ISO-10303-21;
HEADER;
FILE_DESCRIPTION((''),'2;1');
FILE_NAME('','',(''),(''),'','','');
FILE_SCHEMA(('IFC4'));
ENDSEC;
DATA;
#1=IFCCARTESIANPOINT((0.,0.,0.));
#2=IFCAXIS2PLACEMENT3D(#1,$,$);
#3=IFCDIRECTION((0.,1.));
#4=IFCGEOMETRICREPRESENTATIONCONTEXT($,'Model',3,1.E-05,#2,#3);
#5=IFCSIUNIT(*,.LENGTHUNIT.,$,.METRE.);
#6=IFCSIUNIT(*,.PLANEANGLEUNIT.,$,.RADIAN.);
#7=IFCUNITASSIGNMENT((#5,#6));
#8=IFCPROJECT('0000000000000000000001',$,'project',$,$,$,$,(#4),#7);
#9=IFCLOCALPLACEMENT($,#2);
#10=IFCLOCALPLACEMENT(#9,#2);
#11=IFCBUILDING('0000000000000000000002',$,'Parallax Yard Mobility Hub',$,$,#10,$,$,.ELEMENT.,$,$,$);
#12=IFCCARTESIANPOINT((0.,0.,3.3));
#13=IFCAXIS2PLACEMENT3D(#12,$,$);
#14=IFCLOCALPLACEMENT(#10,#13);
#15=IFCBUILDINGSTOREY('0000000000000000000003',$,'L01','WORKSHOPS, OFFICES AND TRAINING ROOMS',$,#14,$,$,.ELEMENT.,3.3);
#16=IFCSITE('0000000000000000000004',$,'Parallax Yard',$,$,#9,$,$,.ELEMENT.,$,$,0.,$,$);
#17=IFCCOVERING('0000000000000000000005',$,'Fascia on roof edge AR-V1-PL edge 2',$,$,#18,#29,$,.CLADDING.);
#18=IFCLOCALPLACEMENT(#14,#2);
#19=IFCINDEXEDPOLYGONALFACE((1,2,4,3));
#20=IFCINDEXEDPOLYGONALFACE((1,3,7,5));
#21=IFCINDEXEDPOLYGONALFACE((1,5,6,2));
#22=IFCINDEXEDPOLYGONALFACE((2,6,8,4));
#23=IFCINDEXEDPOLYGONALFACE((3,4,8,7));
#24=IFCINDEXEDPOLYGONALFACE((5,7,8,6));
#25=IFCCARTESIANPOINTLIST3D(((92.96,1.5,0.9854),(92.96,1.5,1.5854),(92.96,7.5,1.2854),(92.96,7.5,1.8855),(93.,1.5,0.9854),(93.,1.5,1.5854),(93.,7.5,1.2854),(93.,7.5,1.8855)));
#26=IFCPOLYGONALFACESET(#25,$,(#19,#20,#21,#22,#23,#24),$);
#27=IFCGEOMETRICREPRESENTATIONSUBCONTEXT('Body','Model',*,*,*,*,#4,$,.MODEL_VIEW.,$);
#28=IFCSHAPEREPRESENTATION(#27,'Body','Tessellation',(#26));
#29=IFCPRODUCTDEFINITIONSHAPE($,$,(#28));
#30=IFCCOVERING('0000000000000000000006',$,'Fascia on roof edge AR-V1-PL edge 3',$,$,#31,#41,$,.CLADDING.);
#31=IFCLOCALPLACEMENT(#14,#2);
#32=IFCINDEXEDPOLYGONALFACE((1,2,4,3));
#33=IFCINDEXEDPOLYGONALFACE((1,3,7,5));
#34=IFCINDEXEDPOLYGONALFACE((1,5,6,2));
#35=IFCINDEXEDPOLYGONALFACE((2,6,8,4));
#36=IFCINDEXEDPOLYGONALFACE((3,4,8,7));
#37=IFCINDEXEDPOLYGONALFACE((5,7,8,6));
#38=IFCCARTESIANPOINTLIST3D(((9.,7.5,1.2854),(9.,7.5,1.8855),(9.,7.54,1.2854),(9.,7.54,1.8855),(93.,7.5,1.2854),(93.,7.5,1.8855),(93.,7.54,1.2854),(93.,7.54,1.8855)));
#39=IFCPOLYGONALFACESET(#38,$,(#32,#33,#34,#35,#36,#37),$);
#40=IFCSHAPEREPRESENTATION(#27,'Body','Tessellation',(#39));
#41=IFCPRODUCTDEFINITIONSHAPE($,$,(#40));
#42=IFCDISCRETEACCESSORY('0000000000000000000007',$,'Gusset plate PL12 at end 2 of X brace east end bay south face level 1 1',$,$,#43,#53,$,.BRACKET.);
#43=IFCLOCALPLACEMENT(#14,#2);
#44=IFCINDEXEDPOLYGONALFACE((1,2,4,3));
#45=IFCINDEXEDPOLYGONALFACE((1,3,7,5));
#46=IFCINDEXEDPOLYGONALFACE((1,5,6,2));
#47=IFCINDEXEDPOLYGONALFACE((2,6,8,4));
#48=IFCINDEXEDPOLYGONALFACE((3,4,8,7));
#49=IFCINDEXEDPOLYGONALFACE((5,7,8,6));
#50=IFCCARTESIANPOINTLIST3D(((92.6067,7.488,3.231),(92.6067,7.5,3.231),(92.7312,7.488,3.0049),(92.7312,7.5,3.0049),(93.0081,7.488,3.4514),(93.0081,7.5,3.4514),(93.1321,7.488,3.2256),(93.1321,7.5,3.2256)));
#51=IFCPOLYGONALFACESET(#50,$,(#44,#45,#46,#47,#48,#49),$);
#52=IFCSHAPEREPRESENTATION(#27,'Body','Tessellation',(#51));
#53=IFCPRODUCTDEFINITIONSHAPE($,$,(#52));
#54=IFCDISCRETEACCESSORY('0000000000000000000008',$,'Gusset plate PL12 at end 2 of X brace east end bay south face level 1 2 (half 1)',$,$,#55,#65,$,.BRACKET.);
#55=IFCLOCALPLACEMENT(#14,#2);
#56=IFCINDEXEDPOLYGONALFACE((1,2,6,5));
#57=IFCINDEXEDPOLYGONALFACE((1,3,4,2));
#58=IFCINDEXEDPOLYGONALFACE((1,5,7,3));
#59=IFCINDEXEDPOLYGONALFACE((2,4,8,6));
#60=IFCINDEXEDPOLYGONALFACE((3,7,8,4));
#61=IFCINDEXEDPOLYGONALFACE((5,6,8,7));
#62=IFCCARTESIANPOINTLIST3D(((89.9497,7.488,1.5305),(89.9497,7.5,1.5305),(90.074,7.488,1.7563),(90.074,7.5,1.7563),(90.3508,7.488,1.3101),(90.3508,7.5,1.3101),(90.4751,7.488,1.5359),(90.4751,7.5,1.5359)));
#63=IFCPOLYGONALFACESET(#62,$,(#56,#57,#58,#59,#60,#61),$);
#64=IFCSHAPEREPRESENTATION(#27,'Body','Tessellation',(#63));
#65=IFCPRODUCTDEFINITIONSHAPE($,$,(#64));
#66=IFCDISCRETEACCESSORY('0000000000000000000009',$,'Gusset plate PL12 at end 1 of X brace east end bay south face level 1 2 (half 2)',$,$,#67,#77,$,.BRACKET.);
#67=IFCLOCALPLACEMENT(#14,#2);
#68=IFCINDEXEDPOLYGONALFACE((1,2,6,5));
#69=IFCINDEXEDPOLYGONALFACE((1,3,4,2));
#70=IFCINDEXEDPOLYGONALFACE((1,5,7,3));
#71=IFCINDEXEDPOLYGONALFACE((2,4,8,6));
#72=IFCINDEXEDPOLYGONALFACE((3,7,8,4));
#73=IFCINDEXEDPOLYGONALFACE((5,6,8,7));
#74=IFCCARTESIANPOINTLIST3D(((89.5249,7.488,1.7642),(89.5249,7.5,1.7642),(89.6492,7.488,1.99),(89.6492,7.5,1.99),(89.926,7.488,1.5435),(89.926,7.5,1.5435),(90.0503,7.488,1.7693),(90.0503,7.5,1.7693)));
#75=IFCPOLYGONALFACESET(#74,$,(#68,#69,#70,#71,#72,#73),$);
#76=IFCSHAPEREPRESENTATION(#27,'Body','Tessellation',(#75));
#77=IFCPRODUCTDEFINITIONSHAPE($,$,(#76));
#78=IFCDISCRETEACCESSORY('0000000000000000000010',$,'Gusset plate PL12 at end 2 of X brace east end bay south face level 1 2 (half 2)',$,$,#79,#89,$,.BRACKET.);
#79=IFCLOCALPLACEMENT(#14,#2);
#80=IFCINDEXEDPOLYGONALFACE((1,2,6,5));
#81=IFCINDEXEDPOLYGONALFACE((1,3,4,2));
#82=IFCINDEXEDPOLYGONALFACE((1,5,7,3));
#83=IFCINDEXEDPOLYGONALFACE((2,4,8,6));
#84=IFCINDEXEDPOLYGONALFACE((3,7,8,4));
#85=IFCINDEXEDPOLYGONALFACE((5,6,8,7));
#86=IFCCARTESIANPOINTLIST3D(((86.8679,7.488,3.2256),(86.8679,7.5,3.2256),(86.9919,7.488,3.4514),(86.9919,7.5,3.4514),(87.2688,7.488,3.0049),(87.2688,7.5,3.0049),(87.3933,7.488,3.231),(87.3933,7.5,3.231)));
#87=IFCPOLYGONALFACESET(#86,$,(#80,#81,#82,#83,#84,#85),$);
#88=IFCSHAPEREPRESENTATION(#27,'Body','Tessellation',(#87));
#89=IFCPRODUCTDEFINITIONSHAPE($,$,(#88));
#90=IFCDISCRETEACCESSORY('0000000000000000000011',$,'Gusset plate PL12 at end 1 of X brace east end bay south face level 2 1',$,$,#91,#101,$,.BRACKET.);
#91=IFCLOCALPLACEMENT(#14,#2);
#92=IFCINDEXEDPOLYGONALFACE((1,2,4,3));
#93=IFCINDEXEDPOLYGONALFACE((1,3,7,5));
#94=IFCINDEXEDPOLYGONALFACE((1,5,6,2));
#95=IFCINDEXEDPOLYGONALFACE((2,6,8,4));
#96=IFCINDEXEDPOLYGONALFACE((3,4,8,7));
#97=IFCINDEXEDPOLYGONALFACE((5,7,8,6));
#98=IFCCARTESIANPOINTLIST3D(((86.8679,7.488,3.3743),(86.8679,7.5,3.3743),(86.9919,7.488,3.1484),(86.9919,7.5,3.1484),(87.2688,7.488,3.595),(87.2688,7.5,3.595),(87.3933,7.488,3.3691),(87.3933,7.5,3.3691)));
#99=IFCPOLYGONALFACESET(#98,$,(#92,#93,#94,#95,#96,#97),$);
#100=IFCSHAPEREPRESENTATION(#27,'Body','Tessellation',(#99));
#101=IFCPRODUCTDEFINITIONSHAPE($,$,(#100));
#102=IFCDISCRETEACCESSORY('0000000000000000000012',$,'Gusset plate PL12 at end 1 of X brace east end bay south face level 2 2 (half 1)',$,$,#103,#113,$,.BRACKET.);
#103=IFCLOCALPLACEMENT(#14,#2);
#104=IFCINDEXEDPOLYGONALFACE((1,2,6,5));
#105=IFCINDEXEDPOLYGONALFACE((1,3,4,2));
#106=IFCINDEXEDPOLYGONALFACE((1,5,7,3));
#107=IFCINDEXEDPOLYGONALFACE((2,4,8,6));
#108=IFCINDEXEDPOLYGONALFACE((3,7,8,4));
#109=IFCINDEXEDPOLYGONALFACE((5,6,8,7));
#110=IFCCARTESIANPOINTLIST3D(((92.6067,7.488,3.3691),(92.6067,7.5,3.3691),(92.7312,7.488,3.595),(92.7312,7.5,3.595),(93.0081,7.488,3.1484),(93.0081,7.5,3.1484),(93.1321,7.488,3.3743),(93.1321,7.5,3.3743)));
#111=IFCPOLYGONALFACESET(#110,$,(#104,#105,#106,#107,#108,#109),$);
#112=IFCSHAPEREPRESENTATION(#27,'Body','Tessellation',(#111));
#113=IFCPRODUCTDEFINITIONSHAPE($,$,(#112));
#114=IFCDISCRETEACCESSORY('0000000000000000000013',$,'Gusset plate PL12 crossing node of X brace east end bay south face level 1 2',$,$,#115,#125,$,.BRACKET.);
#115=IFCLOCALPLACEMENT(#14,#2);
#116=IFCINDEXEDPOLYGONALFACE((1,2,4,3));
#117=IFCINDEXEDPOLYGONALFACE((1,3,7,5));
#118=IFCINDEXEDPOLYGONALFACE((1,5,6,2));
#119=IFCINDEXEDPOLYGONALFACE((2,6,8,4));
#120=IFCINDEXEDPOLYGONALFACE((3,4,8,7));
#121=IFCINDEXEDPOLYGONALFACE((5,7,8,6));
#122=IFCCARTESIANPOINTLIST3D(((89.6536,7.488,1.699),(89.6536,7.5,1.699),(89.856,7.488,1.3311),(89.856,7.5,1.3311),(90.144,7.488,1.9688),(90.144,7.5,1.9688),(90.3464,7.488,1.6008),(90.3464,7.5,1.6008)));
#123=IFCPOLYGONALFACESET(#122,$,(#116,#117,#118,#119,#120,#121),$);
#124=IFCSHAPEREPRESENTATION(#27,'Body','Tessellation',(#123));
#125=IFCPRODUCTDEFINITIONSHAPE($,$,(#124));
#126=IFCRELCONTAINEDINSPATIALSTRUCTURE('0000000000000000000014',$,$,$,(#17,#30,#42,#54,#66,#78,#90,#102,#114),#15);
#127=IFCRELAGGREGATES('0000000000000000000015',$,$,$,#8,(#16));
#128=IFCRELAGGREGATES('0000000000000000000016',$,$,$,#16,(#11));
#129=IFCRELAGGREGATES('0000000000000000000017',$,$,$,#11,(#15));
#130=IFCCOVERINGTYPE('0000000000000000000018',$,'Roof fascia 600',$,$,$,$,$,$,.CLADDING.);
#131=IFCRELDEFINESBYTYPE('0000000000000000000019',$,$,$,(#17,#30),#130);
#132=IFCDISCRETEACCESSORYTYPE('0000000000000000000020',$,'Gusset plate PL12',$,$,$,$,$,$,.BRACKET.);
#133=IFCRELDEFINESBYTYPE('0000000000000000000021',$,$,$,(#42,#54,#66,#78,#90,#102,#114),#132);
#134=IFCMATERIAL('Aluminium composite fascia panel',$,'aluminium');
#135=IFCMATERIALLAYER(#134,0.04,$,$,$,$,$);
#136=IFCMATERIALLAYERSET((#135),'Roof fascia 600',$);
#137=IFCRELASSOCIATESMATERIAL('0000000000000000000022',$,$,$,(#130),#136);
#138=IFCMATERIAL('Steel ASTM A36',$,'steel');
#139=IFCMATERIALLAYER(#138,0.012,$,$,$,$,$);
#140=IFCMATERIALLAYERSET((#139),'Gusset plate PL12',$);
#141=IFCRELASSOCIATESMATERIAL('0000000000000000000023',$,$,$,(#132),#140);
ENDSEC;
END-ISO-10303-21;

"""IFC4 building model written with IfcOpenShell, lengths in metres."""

from ifc_helpers import new_model, si_unit, direction, frame, origin, place, context, subcontext, project, spatial, polyline, outline, extrude, material, layer, layer_set, type_object, element, save


model = new_model("IFC4")

# Units and contexts
model_context = context("Model", 3, precision=1e-05, world=origin(), true_north=direction((0.0, 1.0)))
body_context = subcontext(model_context, "Body", "Model", "MODEL_VIEW")
ifc_project = project(units=[si_unit("LENGTHUNIT", "METRE"), si_unit("PLANEANGLEUNIT", "RADIAN")], contexts=[model_context])

# Site, building, storey
site_placement = place(None, origin())
site = spatial("IfcSite", under=ifc_project, at=site_placement, Name="Parallax Yard", CompositionType="ELEMENT", RefElevation=0.0)
building_placement = place(site_placement, origin())
building = spatial("IfcBuilding", under=site, at=building_placement, Name="Parallax Yard Mobility Hub", CompositionType="ELEMENT")
storey_placement = place(building_placement, frame((0.0, 0.0, 3.3)))
storey = spatial("IfcBuildingStorey", under=building, at=storey_placement, Name="L01", Description="WORKSHOPS, OFFICES AND TRAINING ROOMS", CompositionType="ELEMENT", Elevation=3.3)

# Coverings
ifc_material_1 = material(Name="Aluminium composite fascia panel", Category="aluminium")
ifc_layer_1 = layer(ifc_material_1, 0.04)
ifc_layer_set_1 = layer_set([ifc_layer_1], Name="Roof fascia 600")
covering_type = type_object("IfcCoveringType", Name="Roof fascia 600", PredefinedType="CLADDING", material=ifc_layer_set_1)
covering_1_placement = place(storey_placement, frame((92.96, 1.5, 1.5854), z_axis=(-1.0, 0.0, 0.0), x_axis=(0.0, 0.998752, 0.049946)))
element("IfcCovering", 1, at=covering_1_placement, inside=storey, type_object=covering_type, Name="Fascia on roof edge AR-V1-PL edge 2", PredefinedType="CLADDING", context=body_context, shape_type="SweptSolid", body=[
    extrude(outline(polyline([(0.0, 0.0), (6.0075, 0.0), (5.9775, 0.5993), (-0.03, 0.5993), (0.0, 0.0)])), origin(), (0.0, 0.0, -1.0), 0.04),
])
covering_2_placement = place(storey_placement, frame((93.0, 7.5, 1.8855), z_axis=(0.0, -1.0, 0.0), x_axis=(-1.0, 0.0, 0.0)))
element("IfcCovering", 2, at=covering_2_placement, inside=storey, type_object=covering_type, Name="Fascia on roof edge AR-V1-PL edge 3", PredefinedType="CLADDING", context=body_context, shape_type="SweptSolid", body=[
    extrude(outline(polyline([(0.0, 0.0), (84.0, 0.0), (84.0, 0.6001), (0.0, 0.6001), (0.0, 0.0)])), origin(), (0.0, 0.0, -1.0), 0.04),
])

# Discrete accessories
ifc_material_2 = material(Name="Steel ASTM A36", Category="steel")
ifc_layer_2 = layer(ifc_material_2, 0.012)
ifc_layer_set_2 = layer_set([ifc_layer_2], Name="Gusset plate PL12")
discrete_accessory_type = type_object("IfcDiscreteAccessoryType", Name="Gusset plate PL12", PredefinedType="BRACKET", material=ifc_layer_set_2)
discrete_accessory_1_placement = place(storey_placement, frame((92.6067, 7.5, 3.231), z_axis=(0.0, 1.0, 0.0), x_axis=(0.876486, 0.0, 0.481427)))
element("IfcDiscreteAccessory", 3, at=discrete_accessory_1_placement, inside=storey, type_object=discrete_accessory_type, Name="Gusset plate PL12 at end 2 of X brace east end bay south face level 1 1", PredefinedType="BRACKET", context=body_context, shape_type="SweptSolid", body=[
    extrude(outline(polyline([(0.0, 0.0), (0.4579, 0.0), (0.4579, 0.2576), (0.0003, 0.2581), (0.0, 0.0)])), origin(), (0.0, 0.0, -1.0), 0.012),
])
discrete_accessory_2_placement = place(storey_placement, frame((90.3508, 7.5, 1.3101), z_axis=(0.0, 1.0, 0.0), x_axis=(-0.876362, 0.0, 0.481653)))
element("IfcDiscreteAccessory", 4, at=discrete_accessory_2_placement, inside=storey, type_object=discrete_accessory_type, Name="Gusset plate PL12 at end 2 of X brace east end bay south face level 1 2 (half 1)", PredefinedType="BRACKET", context=body_context, shape_type="SweptSolid", body=[
    extrude(outline(polyline([(0.0, 0.0), (0.4577, 0.0), (0.4576, 0.2578), (-0.0001, 0.2578), (0.0, 0.0)])), origin(), (0.0, 0.0, -1.0), 0.012),
])
discrete_accessory_3_placement = place(storey_placement, frame((89.6492, 7.5, 1.99), z_axis=(0.0, 1.0, 0.0), x_axis=(0.876137, 0.0, -0.482062)))
element("IfcDiscreteAccessory", 5, at=discrete_accessory_3_placement, inside=storey, type_object=discrete_accessory_type, Name="Gusset plate PL12 at end 1 of X brace east end bay south face level 1 2 (half 2)", PredefinedType="BRACKET", context=body_context, shape_type="SweptSolid", body=[
    extrude(outline(polyline([(0.0, 0.0), (0.4578, 0.0), (0.4578, 0.2578), (0.0, 0.2578), (0.0, 0.0)])), origin(), (0.0, 0.0, -1.0), 0.012),
])
discrete_accessory_4_placement = place(storey_placement, frame((87.2688, 7.5, 3.0049), z_axis=(0.0, 1.0, 0.0), x_axis=(-0.876013, 0.0, 0.482287)))
element("IfcDiscreteAccessory", 6, at=discrete_accessory_4_placement, inside=storey, type_object=discrete_accessory_type, Name="Gusset plate PL12 at end 2 of X brace east end bay south face level 1 2 (half 2)", PredefinedType="BRACKET", context=body_context, shape_type="SweptSolid", body=[
    extrude(outline(polyline([(0.0, 0.0), (0.4576, 0.0), (0.4579, 0.2576), (0.0, 0.2581), (0.0, 0.0)])), origin(), (0.0, 0.0, -1.0), 0.012),
])
discrete_accessory_5_placement = place(storey_placement, frame((87.3933, 7.5, 3.3691), z_axis=(0.0, 1.0, 0.0), x_axis=(-0.876261, 0.0, -0.481837)))
element("IfcDiscreteAccessory", 7, at=discrete_accessory_5_placement, inside=storey, type_object=discrete_accessory_type, Name="Gusset plate PL12 at end 1 of X brace east end bay south face level 2 1", PredefinedType="BRACKET", context=body_context, shape_type="SweptSolid", body=[
    extrude(outline(polyline([(0.0, 0.0), (0.458, 0.0), (0.4579, 0.2576), (0.0003, 0.2579), (0.0, 0.0)])), origin(), (0.0, 0.0, -1.0), 0.012),
])
discrete_accessory_6_placement = place(storey_placement, frame((92.7312, 7.5, 3.595), z_axis=(0.0, 1.0, 0.0), x_axis=(0.876013, 0.0, -0.482287)))
element("IfcDiscreteAccessory", 8, at=discrete_accessory_6_placement, inside=storey, type_object=discrete_accessory_type, Name="Gusset plate PL12 at end 1 of X brace east end bay south face level 2 2 (half 1)", PredefinedType="BRACKET", context=body_context, shape_type="SweptSolid", body=[
    extrude(outline(polyline([(0.0, 0.0), (0.4576, 0.0), (0.4579, 0.2576), (-0.0002, 0.2579), (0.0, 0.0)])), origin(), (0.0, 0.0, -1.0), 0.012),
])
discrete_accessory_7_placement = place(storey_placement, frame((89.6536, 7.5, 1.699), z_axis=(0.0, 1.0, 0.0), x_axis=(0.876207, 0.0, 0.481935)))
element("IfcDiscreteAccessory", 9, at=discrete_accessory_7_placement, inside=storey, type_object=discrete_accessory_type, Name="Gusset plate PL12 crossing node of X brace east end bay south face level 1 2", PredefinedType="BRACKET", context=body_context, shape_type="SweptSolid", body=[
    extrude(outline(polyline([(0.0, 0.0), (0.5598, 0.0), (0.5598, 0.4199), (0.0, 0.4199), (0.0, 0.0)])), origin(), (0.0, 0.0, -1.0), 0.012),
])

save(model, "model.ifc")
